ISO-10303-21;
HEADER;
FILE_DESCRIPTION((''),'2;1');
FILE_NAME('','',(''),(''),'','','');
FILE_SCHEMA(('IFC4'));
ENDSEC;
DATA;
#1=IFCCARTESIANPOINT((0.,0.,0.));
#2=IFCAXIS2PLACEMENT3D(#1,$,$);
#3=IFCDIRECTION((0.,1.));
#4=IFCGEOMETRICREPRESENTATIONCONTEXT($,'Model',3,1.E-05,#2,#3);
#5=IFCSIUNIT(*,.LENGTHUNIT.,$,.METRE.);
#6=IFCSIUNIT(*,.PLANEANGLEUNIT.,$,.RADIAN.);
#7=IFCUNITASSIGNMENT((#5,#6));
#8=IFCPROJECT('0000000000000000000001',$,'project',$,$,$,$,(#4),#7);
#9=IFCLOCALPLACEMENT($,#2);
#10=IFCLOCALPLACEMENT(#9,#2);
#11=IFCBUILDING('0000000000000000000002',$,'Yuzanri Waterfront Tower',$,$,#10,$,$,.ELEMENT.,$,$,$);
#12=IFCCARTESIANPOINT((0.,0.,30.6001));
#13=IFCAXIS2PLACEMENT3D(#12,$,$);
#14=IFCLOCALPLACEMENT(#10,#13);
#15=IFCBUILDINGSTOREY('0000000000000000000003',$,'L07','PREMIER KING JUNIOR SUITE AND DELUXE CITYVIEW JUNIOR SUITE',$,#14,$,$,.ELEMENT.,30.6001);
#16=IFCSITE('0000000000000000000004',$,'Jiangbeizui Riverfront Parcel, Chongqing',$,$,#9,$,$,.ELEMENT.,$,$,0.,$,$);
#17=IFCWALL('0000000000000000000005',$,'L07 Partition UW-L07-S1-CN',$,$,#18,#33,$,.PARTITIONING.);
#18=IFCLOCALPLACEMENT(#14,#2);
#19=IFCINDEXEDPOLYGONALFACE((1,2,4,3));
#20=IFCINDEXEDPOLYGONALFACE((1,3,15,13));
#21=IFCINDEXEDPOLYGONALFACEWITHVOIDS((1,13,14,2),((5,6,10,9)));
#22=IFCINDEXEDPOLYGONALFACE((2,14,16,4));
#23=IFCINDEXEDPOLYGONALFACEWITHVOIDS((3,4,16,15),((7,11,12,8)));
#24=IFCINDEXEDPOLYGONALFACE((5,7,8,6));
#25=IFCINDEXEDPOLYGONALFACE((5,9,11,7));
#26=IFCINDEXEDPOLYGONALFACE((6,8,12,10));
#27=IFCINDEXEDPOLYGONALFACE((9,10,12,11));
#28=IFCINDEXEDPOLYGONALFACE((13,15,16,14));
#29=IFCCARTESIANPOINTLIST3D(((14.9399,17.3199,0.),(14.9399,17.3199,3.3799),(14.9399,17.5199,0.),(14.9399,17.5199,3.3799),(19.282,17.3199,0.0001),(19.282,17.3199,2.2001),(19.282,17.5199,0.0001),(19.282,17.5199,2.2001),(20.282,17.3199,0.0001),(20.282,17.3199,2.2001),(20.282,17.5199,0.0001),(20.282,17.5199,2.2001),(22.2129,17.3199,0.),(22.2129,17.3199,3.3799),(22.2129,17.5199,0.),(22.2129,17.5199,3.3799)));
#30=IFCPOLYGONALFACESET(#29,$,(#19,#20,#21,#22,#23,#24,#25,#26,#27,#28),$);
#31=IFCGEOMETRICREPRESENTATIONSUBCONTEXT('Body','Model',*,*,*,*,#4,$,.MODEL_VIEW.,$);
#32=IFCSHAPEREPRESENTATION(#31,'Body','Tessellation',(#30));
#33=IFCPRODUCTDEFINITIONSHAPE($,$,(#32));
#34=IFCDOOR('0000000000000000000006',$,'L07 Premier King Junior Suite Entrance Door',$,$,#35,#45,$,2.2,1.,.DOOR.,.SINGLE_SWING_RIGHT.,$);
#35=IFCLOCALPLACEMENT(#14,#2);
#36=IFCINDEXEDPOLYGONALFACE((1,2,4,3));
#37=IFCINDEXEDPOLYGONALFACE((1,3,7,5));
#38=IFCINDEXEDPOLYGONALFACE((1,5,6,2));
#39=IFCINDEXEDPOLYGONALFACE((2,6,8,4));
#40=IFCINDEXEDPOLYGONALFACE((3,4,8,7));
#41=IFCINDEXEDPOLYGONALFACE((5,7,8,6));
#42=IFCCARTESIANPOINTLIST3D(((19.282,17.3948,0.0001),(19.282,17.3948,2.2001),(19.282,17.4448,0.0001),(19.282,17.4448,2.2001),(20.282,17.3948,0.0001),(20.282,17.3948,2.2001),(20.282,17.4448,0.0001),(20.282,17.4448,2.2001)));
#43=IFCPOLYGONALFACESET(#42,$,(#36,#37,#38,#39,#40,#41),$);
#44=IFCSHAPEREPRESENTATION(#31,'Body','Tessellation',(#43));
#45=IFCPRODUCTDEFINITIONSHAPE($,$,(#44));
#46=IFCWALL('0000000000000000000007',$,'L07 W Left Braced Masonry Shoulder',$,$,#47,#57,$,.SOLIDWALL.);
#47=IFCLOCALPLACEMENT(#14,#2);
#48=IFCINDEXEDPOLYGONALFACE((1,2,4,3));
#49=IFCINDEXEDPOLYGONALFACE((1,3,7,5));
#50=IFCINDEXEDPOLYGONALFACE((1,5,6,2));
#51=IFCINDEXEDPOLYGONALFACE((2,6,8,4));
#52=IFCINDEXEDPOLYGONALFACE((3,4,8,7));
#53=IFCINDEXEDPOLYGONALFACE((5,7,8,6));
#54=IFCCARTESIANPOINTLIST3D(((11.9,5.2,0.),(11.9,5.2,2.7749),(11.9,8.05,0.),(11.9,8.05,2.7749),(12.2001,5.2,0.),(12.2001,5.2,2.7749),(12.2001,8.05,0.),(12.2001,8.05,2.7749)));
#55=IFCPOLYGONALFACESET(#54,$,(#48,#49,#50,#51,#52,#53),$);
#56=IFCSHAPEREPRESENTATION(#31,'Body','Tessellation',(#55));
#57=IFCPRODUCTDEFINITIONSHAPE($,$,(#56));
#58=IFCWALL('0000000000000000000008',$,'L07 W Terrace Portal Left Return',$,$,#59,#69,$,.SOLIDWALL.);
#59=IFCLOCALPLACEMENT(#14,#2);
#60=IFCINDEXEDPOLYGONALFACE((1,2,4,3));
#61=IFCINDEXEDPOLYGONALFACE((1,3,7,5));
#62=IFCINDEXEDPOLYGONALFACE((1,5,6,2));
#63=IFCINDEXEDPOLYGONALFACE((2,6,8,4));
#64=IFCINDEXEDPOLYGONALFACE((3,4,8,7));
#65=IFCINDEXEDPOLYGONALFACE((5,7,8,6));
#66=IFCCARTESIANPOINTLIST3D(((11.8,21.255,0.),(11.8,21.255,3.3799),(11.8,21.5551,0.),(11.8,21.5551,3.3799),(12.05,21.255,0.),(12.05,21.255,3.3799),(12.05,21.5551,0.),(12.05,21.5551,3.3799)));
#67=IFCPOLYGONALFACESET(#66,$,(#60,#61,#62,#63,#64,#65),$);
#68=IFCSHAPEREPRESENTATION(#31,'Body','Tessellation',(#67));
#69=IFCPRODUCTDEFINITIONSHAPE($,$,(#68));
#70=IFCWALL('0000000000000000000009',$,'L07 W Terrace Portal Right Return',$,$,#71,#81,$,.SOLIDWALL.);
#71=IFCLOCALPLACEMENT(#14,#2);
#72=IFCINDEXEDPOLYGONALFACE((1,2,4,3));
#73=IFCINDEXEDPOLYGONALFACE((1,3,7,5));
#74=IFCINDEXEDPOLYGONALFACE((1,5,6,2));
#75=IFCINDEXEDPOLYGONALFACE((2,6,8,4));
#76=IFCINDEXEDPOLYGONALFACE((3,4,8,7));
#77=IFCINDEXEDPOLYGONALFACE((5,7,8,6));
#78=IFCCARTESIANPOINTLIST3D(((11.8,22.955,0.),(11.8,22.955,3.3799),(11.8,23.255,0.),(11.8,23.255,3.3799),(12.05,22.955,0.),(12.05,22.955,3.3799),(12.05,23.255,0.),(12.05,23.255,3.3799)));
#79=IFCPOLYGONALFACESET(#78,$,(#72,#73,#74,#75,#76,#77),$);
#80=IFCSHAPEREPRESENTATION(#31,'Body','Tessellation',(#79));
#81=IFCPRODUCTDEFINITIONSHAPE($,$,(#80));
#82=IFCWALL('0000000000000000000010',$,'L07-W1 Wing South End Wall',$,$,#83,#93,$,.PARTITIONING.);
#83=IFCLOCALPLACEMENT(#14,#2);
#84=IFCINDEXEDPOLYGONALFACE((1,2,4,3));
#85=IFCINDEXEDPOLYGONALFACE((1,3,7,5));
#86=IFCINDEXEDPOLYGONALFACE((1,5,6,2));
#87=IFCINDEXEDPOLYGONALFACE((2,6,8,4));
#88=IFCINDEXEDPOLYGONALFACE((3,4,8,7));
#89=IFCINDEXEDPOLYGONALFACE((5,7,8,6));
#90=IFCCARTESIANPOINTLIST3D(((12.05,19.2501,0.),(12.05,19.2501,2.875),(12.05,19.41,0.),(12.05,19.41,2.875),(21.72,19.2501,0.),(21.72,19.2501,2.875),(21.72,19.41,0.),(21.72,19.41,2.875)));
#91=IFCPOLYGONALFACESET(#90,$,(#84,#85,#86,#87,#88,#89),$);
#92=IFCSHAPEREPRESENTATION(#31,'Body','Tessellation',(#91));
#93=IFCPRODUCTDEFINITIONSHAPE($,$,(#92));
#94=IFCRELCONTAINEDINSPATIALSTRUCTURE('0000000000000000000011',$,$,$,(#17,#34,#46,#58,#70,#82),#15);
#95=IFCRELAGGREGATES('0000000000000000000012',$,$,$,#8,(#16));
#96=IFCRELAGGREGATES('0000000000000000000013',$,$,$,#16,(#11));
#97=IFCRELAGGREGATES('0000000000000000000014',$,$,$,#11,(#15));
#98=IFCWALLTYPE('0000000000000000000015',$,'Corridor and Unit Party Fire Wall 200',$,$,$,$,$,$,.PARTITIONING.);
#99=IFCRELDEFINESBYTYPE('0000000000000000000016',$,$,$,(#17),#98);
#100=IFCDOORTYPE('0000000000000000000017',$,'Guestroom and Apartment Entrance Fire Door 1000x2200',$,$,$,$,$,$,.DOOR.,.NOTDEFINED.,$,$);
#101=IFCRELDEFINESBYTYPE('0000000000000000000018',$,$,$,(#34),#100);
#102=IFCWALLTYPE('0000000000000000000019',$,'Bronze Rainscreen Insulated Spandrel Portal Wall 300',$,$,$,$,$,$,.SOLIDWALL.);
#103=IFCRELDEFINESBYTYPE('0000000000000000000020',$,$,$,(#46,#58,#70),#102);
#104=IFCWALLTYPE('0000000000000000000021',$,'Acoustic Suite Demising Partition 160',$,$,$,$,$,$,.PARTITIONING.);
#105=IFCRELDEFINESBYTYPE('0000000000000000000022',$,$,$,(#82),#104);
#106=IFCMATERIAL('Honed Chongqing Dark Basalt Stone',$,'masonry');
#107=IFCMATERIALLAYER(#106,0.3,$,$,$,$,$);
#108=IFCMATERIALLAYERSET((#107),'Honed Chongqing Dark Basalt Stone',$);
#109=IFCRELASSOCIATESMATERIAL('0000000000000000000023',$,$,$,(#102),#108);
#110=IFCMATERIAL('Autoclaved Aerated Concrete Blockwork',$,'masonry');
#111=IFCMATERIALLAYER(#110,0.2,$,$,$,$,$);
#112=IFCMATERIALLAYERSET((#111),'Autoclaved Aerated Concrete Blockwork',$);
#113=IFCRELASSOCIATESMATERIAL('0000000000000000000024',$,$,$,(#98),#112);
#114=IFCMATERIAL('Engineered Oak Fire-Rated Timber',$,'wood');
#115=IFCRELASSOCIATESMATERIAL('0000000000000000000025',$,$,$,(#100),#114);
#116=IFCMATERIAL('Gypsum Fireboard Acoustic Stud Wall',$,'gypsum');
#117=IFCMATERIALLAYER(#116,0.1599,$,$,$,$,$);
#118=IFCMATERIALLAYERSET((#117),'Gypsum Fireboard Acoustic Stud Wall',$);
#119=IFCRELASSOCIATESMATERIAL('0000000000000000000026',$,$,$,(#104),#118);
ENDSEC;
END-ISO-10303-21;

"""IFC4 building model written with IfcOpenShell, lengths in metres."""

from ifc_helpers import new_model, si_unit, direction, frame, frame_2d, origin, place, context, subcontext, project, spatial, rectangle, extrude, source, transform, mapped, material, layer, layer_set, type_object, element, fill, save


model = new_model("IFC4")

# Units and contexts
model_context = context("Model", 3, precision=1e-05, world=origin(), true_north=direction((0.0, 1.0)))
body_context = subcontext(model_context, "Body", "Model", "MODEL_VIEW")
ifc_project = project(units=[si_unit("LENGTHUNIT", "METRE"), si_unit("PLANEANGLEUNIT", "RADIAN")], contexts=[model_context])

# Site, building, storey
site_placement = place(None, origin())
site = spatial("IfcSite", under=ifc_project, at=site_placement, Name="Jiangbeizui Riverfront Parcel, Chongqing", CompositionType="ELEMENT", RefElevation=0.0)
building_placement = place(site_placement, origin())
building = spatial("IfcBuilding", under=site, at=building_placement, Name="Yuzanri Waterfront Tower", CompositionType="ELEMENT")
storey_placement = place(building_placement, frame((0.0, 0.0, 30.6001)))
storey = spatial("IfcBuildingStorey", under=building, at=storey_placement, Name="L07", Description="PREMIER KING JUNIOR SUITE AND DELUXE CITYVIEW JUNIOR SUITE", CompositionType="ELEMENT", Elevation=30.6001)

# Wall, opening, door
ifc_material_1 = material(Name="Honed Chongqing Dark Basalt Stone", Category="masonry")
ifc_layer_1 = layer(ifc_material_1, 0.3)
ifc_layer_set_1 = layer_set([ifc_layer_1], Name="Honed Chongqing Dark Basalt Stone")
wall_type_1 = type_object("IfcWallType", Name="Bronze Rainscreen Insulated Spandrel Portal Wall 300", PredefinedType="SOLIDWALL", material=ifc_layer_set_1)
ifc_material_2 = material(Name="Autoclaved Aerated Concrete Blockwork", Category="masonry")
ifc_layer_2 = layer(ifc_material_2, 0.2)
ifc_layer_set_2 = layer_set([ifc_layer_2], Name="Autoclaved Aerated Concrete Blockwork")
wall_type_2 = type_object("IfcWallType", Name="Corridor and Unit Party Fire Wall 200", PredefinedType="PARTITIONING", material=ifc_layer_set_2)
wall_1_placement = place(storey_placement, frame((14.9399, 17.4199, 0.0), z_axis=(0.0, 0.0, 1.0), x_axis=(1.0, 0.0, 0.0)))
wall_1 = element("IfcWall", 1, at=wall_1_placement, inside=storey, type_object=wall_type_2, Name="L07 Partition UW-L07-S1-CN", PredefinedType="PARTITIONING", context=body_context, shape_type="SweptSolid", body=[
    extrude(rectangle(XDim=7.2729, YDim=0.2, at=frame_2d((3.6365, 0.0))), origin(), (0.0, 0.0, 1.0), 3.3799),
])
opening_1_placement = place(wall_1_placement, frame((4.342, 0.0, 0.0)))
opening_1 = element("IfcOpeningElement", 2, at=opening_1_placement, cuts=wall_1, PredefinedType="OPENING", context=body_context, shape_type="SweptSolid", body=[
    extrude(rectangle(XDim=1.0, YDim=2.2, at=frame_2d((0.5, 1.1001))), frame((0.0, 0.1147, 0.0), z_axis=(0.0, -1.0, 0.0), x_axis=(1.0, 0.0, 0.0)), (0.0, 0.0, 1.0), 0.2297),
])
ifc_material_3 = material(Name="Engineered Oak Fire-Rated Timber", Category="wood")
door_type_1 = type_object("IfcDoorType", Name="Guestroom and Apartment Entrance Fire Door 1000x2200", OperationType="NOTDEFINED", PredefinedType="DOOR", material=ifc_material_3)
shared_shape_1 = source(origin(), body_context, "Body", "SweptSolid", [
    extrude(rectangle(XDim=1.0, YDim=2.2, at=frame_2d((0.5, 1.1001))), frame((0.0, 0.0249, 0.0), z_axis=(0.0, -1.0, 0.0), x_axis=(1.0, 0.0, 0.0)), (0.0, 0.0, 1.0), 0.05),
])
door_1_placement = place(opening_1_placement, origin())
door_1 = element("IfcDoor", 3, at=door_1_placement, inside=storey, type_object=door_type_1, Name="L07 Premier King Junior Suite Entrance Door", OperationType="SINGLE_SWING_RIGHT", OverallHeight=2.2, OverallWidth=1.0, PredefinedType="DOOR", context=body_context, shape_type="MappedRepresentation", body=[
    mapped(shared_shape_1, transform((0.0, 0.0, 0.0), scale=1.0)),
])
fill(opening_1, door_1)

# Walls
shared_shape_2 = source(origin(), body_context, "Body", "SweptSolid", [
    extrude(rectangle(XDim=2.8501, YDim=0.3, at=frame_2d((1.425, 0.0))), origin(), (0.0, 0.0, 1.0), 2.7749),
])
wall_2_placement = place(storey_placement, frame((12.05, 5.2, 0.0), z_axis=(0.0, 0.0, 1.0), x_axis=(0.0, 1.0, 0.0)))
element("IfcWall", 4, at=wall_2_placement, inside=storey, type_object=wall_type_1, Name="L07 W Left Braced Masonry Shoulder", PredefinedType="SOLIDWALL", context=body_context, shape_type="MappedRepresentation", body=[
    mapped(shared_shape_2, transform((0.0, 0.0, 0.0), scale=1.0)),
])
shared_shape_3 = source(origin(), body_context, "Body", "SweptSolid", [
    extrude(rectangle(XDim=0.25, YDim=0.3, at=frame_2d((0.125, 0.0))), origin(), (0.0, 0.0, 1.0), 3.3799),
])
for number, where, z_axis, x_axis, name in (
    (5, (12.05, 21.405, 0.0), (0.0, 0.0, 1.0), (-1.0, 0.0, 0.0), "L07 W Terrace Portal Left Return"),
    (6, (11.8, 23.105, 0.0), (0.0, 0.0, 1.0), (1.0, 0.0, 0.0), "L07 W Terrace Portal Right Return"),
):
    element("IfcWall", number, at=place(storey_placement, frame(where, z_axis=z_axis, x_axis=x_axis)), inside=storey, type_object=wall_type_1, Name=name, PredefinedType="SOLIDWALL", context=body_context, shape_type="MappedRepresentation", body=[
        mapped(shared_shape_3, transform((0.0, 0.0, 0.0), scale=1.0)),
    ])
ifc_material_4 = material(Name="Gypsum Fireboard Acoustic Stud Wall", Category="gypsum")
ifc_layer_3 = layer(ifc_material_4, 0.1599)
ifc_layer_set_3 = layer_set([ifc_layer_3], Name="Gypsum Fireboard Acoustic Stud Wall")
wall_type_3 = type_object("IfcWallType", Name="Acoustic Suite Demising Partition 160", PredefinedType="PARTITIONING", material=ifc_layer_set_3)
shared_shape_4 = source(origin(), body_context, "Body", "SweptSolid", [
    extrude(rectangle(XDim=9.6699, YDim=0.1599, at=frame_2d((4.835, 0.0))), origin(), (0.0, 0.0, 1.0), 2.875),
])
wall_3_placement = place(storey_placement, frame((12.05, 19.3301, 0.0), z_axis=(0.0, 0.0, 1.0), x_axis=(1.0, 0.0, 0.0)))
element("IfcWall", 7, at=wall_3_placement, inside=storey, type_object=wall_type_3, Name="L07-W1 Wing South End Wall", PredefinedType="PARTITIONING", context=body_context, shape_type="MappedRepresentation", body=[
    mapped(shared_shape_4, transform((0.0, 0.0, 0.0), scale=1.0)),
])

save(model, "model.ifc")
